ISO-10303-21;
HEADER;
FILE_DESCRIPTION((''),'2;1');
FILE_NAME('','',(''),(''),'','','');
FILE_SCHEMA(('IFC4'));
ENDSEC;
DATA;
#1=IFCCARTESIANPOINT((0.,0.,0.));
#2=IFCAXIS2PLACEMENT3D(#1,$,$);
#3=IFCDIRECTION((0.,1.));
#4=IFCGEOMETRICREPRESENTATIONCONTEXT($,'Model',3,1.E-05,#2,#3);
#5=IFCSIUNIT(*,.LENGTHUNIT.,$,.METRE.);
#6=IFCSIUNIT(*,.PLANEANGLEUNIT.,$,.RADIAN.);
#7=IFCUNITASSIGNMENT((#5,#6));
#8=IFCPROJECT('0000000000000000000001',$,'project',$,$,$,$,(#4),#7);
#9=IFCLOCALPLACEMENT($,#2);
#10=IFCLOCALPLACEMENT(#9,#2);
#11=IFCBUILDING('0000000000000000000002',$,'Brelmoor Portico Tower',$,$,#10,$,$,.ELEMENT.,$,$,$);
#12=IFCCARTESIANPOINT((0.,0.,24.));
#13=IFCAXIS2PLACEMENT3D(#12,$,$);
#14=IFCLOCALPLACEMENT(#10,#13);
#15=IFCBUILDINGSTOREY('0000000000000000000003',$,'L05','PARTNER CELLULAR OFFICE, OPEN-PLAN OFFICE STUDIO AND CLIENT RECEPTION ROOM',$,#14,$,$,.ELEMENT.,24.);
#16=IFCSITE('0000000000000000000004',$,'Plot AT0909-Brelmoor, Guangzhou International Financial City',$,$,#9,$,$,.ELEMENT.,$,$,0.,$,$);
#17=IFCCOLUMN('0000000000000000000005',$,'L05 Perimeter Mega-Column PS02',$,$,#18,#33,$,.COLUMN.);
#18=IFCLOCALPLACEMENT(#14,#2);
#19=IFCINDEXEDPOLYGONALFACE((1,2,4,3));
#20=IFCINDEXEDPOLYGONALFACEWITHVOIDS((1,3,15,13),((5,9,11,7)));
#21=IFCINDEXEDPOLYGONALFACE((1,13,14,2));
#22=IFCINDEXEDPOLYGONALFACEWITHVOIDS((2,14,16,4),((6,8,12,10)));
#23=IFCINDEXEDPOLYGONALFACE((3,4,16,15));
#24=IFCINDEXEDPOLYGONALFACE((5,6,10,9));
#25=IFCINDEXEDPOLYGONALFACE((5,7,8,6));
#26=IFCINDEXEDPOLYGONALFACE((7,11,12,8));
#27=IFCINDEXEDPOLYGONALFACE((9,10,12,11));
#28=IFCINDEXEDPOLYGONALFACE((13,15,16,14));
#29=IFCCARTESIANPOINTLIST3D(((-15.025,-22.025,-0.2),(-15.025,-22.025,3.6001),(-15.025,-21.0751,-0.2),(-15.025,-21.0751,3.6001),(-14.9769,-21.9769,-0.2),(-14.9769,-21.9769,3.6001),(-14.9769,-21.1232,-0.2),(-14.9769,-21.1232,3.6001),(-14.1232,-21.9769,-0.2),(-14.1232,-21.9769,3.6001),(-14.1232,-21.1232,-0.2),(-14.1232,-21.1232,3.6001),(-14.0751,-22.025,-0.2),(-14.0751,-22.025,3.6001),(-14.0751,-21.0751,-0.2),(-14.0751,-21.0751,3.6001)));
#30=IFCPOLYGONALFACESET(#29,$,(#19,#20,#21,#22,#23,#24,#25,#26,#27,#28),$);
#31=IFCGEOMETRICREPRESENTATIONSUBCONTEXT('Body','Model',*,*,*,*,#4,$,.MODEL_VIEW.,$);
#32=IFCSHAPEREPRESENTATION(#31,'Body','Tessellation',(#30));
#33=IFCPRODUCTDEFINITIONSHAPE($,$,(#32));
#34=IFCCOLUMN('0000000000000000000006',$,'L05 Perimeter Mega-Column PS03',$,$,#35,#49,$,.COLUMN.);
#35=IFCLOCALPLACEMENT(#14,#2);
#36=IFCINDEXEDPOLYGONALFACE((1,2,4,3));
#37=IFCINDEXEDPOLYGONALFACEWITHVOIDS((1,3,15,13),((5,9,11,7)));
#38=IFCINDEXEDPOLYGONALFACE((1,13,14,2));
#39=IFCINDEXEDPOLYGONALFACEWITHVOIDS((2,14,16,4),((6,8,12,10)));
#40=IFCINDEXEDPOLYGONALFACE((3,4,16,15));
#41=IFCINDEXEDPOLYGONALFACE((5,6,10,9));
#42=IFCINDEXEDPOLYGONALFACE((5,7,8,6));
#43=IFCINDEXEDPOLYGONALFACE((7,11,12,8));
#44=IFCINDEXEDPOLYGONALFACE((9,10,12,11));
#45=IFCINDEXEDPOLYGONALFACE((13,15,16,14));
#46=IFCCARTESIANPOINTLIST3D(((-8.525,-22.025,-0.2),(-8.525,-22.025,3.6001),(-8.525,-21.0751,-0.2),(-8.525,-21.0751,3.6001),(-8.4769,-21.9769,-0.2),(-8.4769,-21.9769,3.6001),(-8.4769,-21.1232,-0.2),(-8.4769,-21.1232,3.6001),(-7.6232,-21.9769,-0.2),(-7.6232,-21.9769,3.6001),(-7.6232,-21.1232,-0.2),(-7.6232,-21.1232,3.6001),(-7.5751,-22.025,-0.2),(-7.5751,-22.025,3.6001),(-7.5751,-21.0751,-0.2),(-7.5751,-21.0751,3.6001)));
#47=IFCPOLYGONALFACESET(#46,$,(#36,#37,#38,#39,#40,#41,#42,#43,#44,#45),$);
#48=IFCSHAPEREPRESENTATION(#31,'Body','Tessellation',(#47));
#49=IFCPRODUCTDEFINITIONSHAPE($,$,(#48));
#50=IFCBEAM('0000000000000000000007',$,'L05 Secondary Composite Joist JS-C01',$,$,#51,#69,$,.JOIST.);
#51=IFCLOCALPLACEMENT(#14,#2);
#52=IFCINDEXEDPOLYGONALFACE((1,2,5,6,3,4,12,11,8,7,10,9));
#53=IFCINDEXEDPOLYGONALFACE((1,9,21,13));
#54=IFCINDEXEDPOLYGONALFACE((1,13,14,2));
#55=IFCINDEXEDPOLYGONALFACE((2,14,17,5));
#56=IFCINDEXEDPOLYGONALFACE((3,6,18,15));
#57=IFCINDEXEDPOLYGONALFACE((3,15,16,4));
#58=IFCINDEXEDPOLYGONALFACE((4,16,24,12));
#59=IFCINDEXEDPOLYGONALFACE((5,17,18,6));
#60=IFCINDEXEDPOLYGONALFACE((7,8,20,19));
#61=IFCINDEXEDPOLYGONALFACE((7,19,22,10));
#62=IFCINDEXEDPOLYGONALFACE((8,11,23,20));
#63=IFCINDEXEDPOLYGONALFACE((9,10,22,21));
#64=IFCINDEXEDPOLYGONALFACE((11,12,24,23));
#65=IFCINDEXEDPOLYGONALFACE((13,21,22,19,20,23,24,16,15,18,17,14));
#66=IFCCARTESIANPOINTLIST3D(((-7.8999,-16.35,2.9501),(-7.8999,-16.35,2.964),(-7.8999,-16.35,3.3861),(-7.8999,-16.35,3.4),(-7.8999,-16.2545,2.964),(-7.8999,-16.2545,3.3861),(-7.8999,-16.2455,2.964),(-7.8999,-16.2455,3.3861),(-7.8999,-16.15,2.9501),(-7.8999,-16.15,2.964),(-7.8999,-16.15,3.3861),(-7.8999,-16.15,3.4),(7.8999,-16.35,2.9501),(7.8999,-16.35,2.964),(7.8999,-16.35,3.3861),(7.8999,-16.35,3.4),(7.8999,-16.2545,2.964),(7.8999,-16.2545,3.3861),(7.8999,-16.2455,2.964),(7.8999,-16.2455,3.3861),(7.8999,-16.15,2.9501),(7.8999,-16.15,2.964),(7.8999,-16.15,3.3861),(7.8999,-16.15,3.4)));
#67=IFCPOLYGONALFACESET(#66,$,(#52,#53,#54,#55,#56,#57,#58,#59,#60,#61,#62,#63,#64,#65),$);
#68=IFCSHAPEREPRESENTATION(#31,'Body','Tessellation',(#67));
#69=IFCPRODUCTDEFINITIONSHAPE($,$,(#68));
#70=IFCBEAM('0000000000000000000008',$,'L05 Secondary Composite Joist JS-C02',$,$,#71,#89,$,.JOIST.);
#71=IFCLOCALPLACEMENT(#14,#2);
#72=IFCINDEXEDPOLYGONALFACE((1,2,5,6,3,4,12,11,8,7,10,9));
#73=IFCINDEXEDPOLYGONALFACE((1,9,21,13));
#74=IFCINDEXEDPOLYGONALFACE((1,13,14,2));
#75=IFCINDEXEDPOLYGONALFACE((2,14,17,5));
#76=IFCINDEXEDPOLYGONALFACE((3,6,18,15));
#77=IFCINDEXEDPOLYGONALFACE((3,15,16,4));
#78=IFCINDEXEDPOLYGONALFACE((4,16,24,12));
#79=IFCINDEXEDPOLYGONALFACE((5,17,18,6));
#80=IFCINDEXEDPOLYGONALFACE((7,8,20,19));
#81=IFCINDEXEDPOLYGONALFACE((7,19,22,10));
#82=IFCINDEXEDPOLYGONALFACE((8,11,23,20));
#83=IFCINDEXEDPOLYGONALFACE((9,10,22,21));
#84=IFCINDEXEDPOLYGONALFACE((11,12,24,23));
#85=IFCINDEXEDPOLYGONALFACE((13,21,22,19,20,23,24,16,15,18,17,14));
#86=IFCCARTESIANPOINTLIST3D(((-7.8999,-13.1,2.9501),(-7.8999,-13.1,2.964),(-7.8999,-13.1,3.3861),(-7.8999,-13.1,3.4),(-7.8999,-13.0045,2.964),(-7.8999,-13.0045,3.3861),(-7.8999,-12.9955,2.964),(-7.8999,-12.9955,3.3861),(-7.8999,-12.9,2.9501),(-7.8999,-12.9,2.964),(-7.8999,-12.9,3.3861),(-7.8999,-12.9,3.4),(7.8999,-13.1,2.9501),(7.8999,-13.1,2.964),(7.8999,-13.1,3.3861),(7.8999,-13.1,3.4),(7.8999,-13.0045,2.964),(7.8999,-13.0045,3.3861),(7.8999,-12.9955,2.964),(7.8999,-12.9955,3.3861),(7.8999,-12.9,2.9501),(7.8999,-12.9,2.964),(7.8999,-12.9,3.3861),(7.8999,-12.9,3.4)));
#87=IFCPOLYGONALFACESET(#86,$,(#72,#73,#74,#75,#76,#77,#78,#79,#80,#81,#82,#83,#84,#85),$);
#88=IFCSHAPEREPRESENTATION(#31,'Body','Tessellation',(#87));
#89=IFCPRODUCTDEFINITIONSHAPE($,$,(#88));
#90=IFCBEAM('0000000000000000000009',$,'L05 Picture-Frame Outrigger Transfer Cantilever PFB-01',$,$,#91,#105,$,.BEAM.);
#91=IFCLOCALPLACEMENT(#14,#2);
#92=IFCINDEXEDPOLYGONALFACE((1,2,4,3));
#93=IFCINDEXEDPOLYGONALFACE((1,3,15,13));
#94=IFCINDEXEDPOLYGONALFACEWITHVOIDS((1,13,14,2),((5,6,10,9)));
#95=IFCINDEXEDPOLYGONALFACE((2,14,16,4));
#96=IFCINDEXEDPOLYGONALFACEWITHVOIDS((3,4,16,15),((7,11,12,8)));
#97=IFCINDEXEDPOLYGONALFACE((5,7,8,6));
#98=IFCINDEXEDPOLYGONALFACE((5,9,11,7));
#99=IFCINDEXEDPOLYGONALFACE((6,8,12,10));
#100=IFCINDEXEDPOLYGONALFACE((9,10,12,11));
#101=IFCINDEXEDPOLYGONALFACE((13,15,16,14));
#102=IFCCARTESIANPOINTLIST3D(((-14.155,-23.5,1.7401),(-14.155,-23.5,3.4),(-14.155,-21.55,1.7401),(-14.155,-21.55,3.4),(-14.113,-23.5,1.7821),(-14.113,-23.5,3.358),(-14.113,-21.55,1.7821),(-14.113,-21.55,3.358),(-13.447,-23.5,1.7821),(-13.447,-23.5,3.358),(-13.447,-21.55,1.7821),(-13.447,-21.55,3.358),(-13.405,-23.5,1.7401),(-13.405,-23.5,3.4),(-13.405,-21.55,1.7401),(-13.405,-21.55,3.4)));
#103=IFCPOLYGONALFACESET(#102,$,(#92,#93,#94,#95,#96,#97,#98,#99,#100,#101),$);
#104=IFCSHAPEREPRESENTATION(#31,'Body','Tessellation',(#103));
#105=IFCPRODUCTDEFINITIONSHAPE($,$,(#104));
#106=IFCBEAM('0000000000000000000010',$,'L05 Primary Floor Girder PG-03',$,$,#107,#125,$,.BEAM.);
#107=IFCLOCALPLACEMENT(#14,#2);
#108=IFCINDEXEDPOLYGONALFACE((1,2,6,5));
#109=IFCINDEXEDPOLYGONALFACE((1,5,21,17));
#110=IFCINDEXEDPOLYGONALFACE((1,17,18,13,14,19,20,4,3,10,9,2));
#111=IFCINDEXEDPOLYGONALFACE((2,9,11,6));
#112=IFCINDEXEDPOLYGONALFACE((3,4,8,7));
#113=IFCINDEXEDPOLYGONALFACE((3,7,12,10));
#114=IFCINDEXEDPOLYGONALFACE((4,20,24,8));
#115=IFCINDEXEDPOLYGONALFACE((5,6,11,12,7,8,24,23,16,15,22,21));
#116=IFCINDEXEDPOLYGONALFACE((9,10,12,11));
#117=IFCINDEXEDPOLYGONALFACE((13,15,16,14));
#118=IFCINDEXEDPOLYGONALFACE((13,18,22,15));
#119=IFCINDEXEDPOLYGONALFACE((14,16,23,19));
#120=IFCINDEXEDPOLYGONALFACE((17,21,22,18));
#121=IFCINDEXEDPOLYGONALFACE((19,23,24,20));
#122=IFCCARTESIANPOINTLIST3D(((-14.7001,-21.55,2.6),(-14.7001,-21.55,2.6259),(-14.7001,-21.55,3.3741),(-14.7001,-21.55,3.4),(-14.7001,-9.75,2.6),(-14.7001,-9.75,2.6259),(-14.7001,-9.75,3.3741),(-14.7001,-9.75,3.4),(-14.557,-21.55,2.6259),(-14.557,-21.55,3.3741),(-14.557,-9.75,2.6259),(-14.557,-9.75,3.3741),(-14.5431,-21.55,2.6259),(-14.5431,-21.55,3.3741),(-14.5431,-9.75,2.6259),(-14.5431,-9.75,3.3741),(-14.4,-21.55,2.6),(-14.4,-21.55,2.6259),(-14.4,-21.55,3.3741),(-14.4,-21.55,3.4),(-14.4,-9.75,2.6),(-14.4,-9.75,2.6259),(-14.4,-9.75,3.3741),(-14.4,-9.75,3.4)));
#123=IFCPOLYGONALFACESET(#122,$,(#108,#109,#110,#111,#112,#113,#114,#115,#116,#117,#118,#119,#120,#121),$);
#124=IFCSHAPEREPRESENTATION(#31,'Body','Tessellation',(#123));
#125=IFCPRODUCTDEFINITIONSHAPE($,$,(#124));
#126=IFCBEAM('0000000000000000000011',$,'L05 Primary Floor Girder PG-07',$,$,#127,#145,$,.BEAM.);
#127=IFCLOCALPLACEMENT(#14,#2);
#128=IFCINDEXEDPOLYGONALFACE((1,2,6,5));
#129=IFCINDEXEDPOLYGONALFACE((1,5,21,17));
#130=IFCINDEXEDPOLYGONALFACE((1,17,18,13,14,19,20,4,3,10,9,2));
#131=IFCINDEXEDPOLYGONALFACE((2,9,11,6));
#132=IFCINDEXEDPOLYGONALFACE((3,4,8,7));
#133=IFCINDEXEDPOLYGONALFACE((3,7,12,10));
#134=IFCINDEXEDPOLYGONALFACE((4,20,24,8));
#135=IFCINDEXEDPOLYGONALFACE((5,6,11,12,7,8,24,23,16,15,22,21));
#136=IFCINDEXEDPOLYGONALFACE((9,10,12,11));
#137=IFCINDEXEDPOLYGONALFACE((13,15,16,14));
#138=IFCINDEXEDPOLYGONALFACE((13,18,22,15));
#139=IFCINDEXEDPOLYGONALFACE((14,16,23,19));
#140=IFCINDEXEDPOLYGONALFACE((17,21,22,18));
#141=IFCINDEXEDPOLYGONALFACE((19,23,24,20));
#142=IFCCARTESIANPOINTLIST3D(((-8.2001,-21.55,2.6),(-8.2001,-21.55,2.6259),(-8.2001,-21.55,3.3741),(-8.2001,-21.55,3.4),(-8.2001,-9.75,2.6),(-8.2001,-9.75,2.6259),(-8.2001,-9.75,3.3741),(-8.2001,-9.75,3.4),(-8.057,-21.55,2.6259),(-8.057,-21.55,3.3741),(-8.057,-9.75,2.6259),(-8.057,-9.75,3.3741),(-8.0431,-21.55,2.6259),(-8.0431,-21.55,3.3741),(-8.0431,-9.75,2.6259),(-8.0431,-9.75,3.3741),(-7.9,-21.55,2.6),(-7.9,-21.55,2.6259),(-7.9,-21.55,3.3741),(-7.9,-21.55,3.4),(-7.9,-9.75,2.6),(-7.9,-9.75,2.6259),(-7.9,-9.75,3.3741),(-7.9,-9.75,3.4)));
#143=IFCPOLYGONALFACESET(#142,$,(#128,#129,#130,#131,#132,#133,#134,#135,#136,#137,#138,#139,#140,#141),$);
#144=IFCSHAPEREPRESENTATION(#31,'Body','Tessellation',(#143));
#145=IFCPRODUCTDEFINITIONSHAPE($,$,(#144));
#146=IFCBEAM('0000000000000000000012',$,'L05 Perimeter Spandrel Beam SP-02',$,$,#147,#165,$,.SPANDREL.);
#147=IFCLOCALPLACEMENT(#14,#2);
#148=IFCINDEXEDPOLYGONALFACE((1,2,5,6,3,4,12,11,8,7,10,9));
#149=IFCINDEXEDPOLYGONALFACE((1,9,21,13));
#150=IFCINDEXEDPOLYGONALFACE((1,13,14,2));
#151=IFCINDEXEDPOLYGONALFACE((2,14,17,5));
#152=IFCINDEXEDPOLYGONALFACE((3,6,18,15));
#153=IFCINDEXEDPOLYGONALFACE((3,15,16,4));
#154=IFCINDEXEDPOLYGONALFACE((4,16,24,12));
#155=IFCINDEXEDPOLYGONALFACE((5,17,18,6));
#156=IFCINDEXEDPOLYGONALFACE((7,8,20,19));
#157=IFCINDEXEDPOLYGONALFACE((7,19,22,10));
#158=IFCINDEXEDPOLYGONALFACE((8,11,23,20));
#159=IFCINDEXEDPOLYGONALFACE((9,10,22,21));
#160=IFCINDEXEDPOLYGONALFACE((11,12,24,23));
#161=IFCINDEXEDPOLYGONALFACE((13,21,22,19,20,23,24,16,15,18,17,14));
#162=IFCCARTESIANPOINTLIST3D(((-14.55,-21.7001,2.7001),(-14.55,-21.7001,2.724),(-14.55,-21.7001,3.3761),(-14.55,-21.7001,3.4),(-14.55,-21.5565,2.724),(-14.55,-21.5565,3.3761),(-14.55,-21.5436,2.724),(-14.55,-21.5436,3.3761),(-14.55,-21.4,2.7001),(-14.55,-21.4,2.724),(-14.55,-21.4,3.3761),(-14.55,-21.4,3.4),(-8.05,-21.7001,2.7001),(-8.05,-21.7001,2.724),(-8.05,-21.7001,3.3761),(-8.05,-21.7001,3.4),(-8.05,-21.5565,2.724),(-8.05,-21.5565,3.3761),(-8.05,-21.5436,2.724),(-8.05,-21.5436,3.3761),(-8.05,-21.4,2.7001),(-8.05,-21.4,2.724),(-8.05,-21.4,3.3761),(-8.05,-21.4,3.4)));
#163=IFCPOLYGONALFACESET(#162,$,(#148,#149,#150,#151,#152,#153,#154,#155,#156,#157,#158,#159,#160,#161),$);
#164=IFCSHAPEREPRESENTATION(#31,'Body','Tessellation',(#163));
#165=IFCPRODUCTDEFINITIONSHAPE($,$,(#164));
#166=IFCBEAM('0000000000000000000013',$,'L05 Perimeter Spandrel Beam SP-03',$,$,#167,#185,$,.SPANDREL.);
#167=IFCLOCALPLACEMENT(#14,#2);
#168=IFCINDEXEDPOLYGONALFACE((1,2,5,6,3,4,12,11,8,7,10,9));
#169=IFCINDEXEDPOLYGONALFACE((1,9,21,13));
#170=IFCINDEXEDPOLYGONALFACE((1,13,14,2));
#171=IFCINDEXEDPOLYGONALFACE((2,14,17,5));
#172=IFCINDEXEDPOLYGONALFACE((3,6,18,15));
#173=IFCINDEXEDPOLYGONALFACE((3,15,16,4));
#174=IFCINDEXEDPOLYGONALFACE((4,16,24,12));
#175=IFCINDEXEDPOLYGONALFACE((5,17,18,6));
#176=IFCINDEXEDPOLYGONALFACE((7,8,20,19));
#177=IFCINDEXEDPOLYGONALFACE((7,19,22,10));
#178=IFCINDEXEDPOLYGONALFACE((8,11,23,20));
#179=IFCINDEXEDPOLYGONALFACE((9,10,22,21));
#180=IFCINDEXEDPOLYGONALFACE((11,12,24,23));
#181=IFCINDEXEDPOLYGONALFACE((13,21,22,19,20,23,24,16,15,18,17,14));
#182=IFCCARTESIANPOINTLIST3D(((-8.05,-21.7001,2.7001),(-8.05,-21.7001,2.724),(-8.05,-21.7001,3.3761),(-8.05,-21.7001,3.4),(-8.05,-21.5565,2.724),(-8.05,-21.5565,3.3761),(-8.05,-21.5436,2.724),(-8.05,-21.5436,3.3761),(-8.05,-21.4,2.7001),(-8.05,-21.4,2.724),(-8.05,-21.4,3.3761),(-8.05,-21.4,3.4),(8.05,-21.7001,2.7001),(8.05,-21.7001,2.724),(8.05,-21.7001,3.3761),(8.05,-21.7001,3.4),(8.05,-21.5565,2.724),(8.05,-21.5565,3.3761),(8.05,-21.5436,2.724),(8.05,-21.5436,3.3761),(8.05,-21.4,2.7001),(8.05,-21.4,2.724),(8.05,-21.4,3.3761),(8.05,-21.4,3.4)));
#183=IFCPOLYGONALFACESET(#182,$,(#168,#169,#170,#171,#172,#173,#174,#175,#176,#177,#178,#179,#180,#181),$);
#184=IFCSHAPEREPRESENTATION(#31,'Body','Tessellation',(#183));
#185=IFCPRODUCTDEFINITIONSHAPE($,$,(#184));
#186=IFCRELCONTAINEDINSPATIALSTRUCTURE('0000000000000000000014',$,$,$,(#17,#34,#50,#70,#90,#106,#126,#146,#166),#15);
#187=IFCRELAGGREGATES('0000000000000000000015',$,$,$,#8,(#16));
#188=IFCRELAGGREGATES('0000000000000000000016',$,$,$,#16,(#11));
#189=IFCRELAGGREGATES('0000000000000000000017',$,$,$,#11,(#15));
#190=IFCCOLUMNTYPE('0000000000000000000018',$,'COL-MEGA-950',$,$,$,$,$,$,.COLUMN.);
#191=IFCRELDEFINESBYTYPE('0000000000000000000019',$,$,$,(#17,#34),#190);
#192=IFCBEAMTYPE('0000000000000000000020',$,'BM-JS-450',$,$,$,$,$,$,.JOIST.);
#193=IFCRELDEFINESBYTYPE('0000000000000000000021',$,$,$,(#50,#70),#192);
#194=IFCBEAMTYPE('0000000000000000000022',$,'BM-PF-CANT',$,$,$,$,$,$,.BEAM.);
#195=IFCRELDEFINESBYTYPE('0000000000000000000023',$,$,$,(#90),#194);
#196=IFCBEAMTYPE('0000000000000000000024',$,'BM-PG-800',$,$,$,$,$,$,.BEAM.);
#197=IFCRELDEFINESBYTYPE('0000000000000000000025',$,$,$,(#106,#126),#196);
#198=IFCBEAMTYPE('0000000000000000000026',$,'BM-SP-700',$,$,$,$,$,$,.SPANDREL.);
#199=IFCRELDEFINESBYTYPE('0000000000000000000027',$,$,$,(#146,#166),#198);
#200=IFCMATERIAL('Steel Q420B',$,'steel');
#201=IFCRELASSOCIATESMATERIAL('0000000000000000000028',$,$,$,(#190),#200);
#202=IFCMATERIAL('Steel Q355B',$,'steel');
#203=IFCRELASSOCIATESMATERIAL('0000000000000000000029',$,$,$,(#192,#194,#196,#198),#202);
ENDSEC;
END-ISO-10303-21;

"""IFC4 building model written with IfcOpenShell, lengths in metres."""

from ifc_helpers import new_model, si_unit, direction, frame, origin, origin_2d, place, context, subcontext, project, spatial, hollow_rectangle, i_section, extrude, material, material_profile, profile_set, type_object, element, save


model = new_model("IFC4")

# Units and contexts
model_context = context("Model", 3, precision=1e-05, world=origin(), true_north=direction((0.0, 1.0)))
body_context = subcontext(model_context, "Body", "Model", "MODEL_VIEW")
ifc_project = project(units=[si_unit("LENGTHUNIT", "METRE"), si_unit("PLANEANGLEUNIT", "RADIAN")], contexts=[model_context])

# Site, building, storey
site_placement = place(None, origin())
site = spatial("IfcSite", under=ifc_project, at=site_placement, Name="Plot AT0909-Brelmoor, Guangzhou International Financial City", CompositionType="ELEMENT", RefElevation=0.0)
building_placement = place(site_placement, origin())
building = spatial("IfcBuilding", under=site, at=building_placement, Name="Brelmoor Portico Tower", CompositionType="ELEMENT")
storey_placement = place(building_placement, frame((0.0, 0.0, 24.0)))
storey = spatial("IfcBuildingStorey", under=building, at=storey_placement, Name="L05", Description="PARTNER CELLULAR OFFICE, OPEN-PLAN OFFICE STUDIO AND CLIENT RECEPTION ROOM", CompositionType="ELEMENT", Elevation=24.0)

# Columns
ifc_material_1 = material(Name="Steel Q420B", Category="steel")
ifc_material_profile_1 = material_profile(ifc_material_1, hollow_rectangle(XDim=0.95, YDim=0.95, WallThickness=0.0481, at=origin_2d()), Name="BOX 950x950x48")
ifc_profile_set_1 = profile_set([ifc_material_profile_1], Name="Steel Q420B")
column_type = type_object("IfcColumnType", Name="COL-MEGA-950", PredefinedType="COLUMN", material=ifc_profile_set_1)
for number, where, z_axis, x_axis, name in (
    (1, (-14.55, -21.55, -0.2), (0.0, 0.0, 1.0), (1.0, 0.0, 0.0), "L05 Perimeter Mega-Column PS02"),
    (2, (-8.05, -21.55, -0.2), (0.0, 0.0, 1.0), (1.0, 0.0, 0.0), "L05 Perimeter Mega-Column PS03"),
):
    element("IfcColumn", number, at=place(storey_placement, frame(where, z_axis=z_axis, x_axis=x_axis)), inside=storey, type_object=column_type, Name=name, PredefinedType="COLUMN", context=body_context, shape_type="SweptSolid", body=[
        extrude(hollow_rectangle(XDim=0.95, YDim=0.95, WallThickness=0.0481, at=origin_2d()), origin(), (0.0, 0.0, 1.0), 3.8),
    ])

# Beams
ifc_material_2 = material(Name="Steel Q355B", Category="steel")
ifc_material_profile_2 = material_profile(ifc_material_2, i_section(OverallWidth=0.2, OverallDepth=0.45, WebThickness=0.009, FlangeThickness=0.0139, at=origin_2d()), Name="HN 450x200x9x14")
ifc_profile_set_2 = profile_set([ifc_material_profile_2], Name="Steel Q355B")
beam_type_1 = type_object("IfcBeamType", Name="BM-JS-450", PredefinedType="JOIST", material=ifc_profile_set_2)
for number, where, z_axis, x_axis, name in (
    (3, (-7.8999, -16.25, 3.175), (1.0, 0.0, 0.0), (0.0, 1.0, 0.0), "L05 Secondary Composite Joist JS-C01"),
    (4, (-7.8999, -13.0, 3.175), (1.0, 0.0, 0.0), (0.0, 1.0, 0.0), "L05 Secondary Composite Joist JS-C02"),
):
    element("IfcBeam", number, at=place(storey_placement, frame(where, z_axis=z_axis, x_axis=x_axis)), inside=storey, type_object=beam_type_1, Name=name, PredefinedType="JOIST", context=body_context, shape_type="SweptSolid", body=[
        extrude(i_section(OverallWidth=0.2, OverallDepth=0.45, WebThickness=0.009, FlangeThickness=0.0139, at=origin_2d()), origin(), (0.0, 0.0, 1.0), 15.7998),
    ])
ifc_material_profile_3 = material_profile(ifc_material_2, hollow_rectangle(XDim=0.75, YDim=1.6599, WallThickness=0.042, at=origin_2d()), Name="BOX 750x1660x42")
ifc_profile_set_3 = profile_set([ifc_material_profile_3], Name="Steel Q355B")
beam_type_2 = type_object("IfcBeamType", Name="BM-PF-CANT", PredefinedType="BEAM", material=ifc_profile_set_3)
beam_1_placement = place(storey_placement, frame((-13.78, -23.5, 2.5701), z_axis=(0.0, 1.0, 0.0), x_axis=(-1.0, 0.0, 0.0)))
element("IfcBeam", 5, at=beam_1_placement, inside=storey, type_object=beam_type_2, Name="L05 Picture-Frame Outrigger Transfer Cantilever PFB-01", PredefinedType="BEAM", context=body_context, shape_type="SweptSolid", body=[
    extrude(hollow_rectangle(XDim=0.75, YDim=1.6599, WallThickness=0.042, at=origin_2d()), origin(), (0.0, 0.0, 1.0), 1.95),
])
ifc_material_profile_4 = material_profile(ifc_material_2, i_section(OverallWidth=0.3, OverallDepth=0.8, WebThickness=0.0139, FlangeThickness=0.0259, at=origin_2d()), Name="HN 800x300x14x26")
ifc_profile_set_4 = profile_set([ifc_material_profile_4], Name="Steel Q355B")
beam_type_3 = type_object("IfcBeamType", Name="BM-PG-800", PredefinedType="BEAM", material=ifc_profile_set_4)
for number, where, z_axis, x_axis, name in (
    (6, (-14.55, -21.55, 3.0), (0.0, 1.0, 0.0), (-1.0, 0.0, 0.0), "L05 Primary Floor Girder PG-03"),
    (7, (-8.05, -21.55, 3.0), (0.0, 1.0, 0.0), (-1.0, 0.0, 0.0), "L05 Primary Floor Girder PG-07"),
):
    element("IfcBeam", number, at=place(storey_placement, frame(where, z_axis=z_axis, x_axis=x_axis)), inside=storey, type_object=beam_type_3, Name=name, PredefinedType="BEAM", context=body_context, shape_type="SweptSolid", body=[
        extrude(i_section(OverallWidth=0.3, OverallDepth=0.8, WebThickness=0.0139, FlangeThickness=0.0259, at=origin_2d()), origin(), (0.0, 0.0, 1.0), 11.8),
    ])
ifc_material_profile_5 = material_profile(ifc_material_2, i_section(OverallWidth=0.3, OverallDepth=0.7, WebThickness=0.0129, FlangeThickness=0.0239, at=origin_2d()), Name="HN 700x300x13x24")
ifc_profile_set_5 = profile_set([ifc_material_profile_5], Name="Steel Q355B")
beam_type_4 = type_object("IfcBeamType", Name="BM-SP-700", PredefinedType="SPANDREL", material=ifc_profile_set_5)
beam_2_placement = place(storey_placement, frame((-14.55, -21.55, 3.05), z_axis=(1.0, 0.0, 0.0), x_axis=(0.0, 1.0, 0.0)))
element("IfcBeam", 8, at=beam_2_placement, inside=storey, type_object=beam_type_4, Name="L05 Perimeter Spandrel Beam SP-02", PredefinedType="SPANDREL", context=body_context, shape_type="SweptSolid", body=[
    extrude(i_section(OverallWidth=0.3, OverallDepth=0.7, WebThickness=0.0129, FlangeThickness=0.0239, at=origin_2d()), origin(), (0.0, 0.0, 1.0), 6.5),
])
beam_3_placement = place(storey_placement, frame((-8.05, -21.55, 3.05), z_axis=(1.0, 0.0, 0.0), x_axis=(0.0, 1.0, 0.0)))
element("IfcBeam", 9, at=beam_3_placement, inside=storey, type_object=beam_type_4, Name="L05 Perimeter Spandrel Beam SP-03", PredefinedType="SPANDREL", context=body_context, shape_type="SweptSolid", body=[
    extrude(i_section(OverallWidth=0.3, OverallDepth=0.7, WebThickness=0.0129, FlangeThickness=0.0239, at=origin_2d()), origin(), (0.0, 0.0, 1.0), 16.1001),
])

save(model, "model.ifc")
